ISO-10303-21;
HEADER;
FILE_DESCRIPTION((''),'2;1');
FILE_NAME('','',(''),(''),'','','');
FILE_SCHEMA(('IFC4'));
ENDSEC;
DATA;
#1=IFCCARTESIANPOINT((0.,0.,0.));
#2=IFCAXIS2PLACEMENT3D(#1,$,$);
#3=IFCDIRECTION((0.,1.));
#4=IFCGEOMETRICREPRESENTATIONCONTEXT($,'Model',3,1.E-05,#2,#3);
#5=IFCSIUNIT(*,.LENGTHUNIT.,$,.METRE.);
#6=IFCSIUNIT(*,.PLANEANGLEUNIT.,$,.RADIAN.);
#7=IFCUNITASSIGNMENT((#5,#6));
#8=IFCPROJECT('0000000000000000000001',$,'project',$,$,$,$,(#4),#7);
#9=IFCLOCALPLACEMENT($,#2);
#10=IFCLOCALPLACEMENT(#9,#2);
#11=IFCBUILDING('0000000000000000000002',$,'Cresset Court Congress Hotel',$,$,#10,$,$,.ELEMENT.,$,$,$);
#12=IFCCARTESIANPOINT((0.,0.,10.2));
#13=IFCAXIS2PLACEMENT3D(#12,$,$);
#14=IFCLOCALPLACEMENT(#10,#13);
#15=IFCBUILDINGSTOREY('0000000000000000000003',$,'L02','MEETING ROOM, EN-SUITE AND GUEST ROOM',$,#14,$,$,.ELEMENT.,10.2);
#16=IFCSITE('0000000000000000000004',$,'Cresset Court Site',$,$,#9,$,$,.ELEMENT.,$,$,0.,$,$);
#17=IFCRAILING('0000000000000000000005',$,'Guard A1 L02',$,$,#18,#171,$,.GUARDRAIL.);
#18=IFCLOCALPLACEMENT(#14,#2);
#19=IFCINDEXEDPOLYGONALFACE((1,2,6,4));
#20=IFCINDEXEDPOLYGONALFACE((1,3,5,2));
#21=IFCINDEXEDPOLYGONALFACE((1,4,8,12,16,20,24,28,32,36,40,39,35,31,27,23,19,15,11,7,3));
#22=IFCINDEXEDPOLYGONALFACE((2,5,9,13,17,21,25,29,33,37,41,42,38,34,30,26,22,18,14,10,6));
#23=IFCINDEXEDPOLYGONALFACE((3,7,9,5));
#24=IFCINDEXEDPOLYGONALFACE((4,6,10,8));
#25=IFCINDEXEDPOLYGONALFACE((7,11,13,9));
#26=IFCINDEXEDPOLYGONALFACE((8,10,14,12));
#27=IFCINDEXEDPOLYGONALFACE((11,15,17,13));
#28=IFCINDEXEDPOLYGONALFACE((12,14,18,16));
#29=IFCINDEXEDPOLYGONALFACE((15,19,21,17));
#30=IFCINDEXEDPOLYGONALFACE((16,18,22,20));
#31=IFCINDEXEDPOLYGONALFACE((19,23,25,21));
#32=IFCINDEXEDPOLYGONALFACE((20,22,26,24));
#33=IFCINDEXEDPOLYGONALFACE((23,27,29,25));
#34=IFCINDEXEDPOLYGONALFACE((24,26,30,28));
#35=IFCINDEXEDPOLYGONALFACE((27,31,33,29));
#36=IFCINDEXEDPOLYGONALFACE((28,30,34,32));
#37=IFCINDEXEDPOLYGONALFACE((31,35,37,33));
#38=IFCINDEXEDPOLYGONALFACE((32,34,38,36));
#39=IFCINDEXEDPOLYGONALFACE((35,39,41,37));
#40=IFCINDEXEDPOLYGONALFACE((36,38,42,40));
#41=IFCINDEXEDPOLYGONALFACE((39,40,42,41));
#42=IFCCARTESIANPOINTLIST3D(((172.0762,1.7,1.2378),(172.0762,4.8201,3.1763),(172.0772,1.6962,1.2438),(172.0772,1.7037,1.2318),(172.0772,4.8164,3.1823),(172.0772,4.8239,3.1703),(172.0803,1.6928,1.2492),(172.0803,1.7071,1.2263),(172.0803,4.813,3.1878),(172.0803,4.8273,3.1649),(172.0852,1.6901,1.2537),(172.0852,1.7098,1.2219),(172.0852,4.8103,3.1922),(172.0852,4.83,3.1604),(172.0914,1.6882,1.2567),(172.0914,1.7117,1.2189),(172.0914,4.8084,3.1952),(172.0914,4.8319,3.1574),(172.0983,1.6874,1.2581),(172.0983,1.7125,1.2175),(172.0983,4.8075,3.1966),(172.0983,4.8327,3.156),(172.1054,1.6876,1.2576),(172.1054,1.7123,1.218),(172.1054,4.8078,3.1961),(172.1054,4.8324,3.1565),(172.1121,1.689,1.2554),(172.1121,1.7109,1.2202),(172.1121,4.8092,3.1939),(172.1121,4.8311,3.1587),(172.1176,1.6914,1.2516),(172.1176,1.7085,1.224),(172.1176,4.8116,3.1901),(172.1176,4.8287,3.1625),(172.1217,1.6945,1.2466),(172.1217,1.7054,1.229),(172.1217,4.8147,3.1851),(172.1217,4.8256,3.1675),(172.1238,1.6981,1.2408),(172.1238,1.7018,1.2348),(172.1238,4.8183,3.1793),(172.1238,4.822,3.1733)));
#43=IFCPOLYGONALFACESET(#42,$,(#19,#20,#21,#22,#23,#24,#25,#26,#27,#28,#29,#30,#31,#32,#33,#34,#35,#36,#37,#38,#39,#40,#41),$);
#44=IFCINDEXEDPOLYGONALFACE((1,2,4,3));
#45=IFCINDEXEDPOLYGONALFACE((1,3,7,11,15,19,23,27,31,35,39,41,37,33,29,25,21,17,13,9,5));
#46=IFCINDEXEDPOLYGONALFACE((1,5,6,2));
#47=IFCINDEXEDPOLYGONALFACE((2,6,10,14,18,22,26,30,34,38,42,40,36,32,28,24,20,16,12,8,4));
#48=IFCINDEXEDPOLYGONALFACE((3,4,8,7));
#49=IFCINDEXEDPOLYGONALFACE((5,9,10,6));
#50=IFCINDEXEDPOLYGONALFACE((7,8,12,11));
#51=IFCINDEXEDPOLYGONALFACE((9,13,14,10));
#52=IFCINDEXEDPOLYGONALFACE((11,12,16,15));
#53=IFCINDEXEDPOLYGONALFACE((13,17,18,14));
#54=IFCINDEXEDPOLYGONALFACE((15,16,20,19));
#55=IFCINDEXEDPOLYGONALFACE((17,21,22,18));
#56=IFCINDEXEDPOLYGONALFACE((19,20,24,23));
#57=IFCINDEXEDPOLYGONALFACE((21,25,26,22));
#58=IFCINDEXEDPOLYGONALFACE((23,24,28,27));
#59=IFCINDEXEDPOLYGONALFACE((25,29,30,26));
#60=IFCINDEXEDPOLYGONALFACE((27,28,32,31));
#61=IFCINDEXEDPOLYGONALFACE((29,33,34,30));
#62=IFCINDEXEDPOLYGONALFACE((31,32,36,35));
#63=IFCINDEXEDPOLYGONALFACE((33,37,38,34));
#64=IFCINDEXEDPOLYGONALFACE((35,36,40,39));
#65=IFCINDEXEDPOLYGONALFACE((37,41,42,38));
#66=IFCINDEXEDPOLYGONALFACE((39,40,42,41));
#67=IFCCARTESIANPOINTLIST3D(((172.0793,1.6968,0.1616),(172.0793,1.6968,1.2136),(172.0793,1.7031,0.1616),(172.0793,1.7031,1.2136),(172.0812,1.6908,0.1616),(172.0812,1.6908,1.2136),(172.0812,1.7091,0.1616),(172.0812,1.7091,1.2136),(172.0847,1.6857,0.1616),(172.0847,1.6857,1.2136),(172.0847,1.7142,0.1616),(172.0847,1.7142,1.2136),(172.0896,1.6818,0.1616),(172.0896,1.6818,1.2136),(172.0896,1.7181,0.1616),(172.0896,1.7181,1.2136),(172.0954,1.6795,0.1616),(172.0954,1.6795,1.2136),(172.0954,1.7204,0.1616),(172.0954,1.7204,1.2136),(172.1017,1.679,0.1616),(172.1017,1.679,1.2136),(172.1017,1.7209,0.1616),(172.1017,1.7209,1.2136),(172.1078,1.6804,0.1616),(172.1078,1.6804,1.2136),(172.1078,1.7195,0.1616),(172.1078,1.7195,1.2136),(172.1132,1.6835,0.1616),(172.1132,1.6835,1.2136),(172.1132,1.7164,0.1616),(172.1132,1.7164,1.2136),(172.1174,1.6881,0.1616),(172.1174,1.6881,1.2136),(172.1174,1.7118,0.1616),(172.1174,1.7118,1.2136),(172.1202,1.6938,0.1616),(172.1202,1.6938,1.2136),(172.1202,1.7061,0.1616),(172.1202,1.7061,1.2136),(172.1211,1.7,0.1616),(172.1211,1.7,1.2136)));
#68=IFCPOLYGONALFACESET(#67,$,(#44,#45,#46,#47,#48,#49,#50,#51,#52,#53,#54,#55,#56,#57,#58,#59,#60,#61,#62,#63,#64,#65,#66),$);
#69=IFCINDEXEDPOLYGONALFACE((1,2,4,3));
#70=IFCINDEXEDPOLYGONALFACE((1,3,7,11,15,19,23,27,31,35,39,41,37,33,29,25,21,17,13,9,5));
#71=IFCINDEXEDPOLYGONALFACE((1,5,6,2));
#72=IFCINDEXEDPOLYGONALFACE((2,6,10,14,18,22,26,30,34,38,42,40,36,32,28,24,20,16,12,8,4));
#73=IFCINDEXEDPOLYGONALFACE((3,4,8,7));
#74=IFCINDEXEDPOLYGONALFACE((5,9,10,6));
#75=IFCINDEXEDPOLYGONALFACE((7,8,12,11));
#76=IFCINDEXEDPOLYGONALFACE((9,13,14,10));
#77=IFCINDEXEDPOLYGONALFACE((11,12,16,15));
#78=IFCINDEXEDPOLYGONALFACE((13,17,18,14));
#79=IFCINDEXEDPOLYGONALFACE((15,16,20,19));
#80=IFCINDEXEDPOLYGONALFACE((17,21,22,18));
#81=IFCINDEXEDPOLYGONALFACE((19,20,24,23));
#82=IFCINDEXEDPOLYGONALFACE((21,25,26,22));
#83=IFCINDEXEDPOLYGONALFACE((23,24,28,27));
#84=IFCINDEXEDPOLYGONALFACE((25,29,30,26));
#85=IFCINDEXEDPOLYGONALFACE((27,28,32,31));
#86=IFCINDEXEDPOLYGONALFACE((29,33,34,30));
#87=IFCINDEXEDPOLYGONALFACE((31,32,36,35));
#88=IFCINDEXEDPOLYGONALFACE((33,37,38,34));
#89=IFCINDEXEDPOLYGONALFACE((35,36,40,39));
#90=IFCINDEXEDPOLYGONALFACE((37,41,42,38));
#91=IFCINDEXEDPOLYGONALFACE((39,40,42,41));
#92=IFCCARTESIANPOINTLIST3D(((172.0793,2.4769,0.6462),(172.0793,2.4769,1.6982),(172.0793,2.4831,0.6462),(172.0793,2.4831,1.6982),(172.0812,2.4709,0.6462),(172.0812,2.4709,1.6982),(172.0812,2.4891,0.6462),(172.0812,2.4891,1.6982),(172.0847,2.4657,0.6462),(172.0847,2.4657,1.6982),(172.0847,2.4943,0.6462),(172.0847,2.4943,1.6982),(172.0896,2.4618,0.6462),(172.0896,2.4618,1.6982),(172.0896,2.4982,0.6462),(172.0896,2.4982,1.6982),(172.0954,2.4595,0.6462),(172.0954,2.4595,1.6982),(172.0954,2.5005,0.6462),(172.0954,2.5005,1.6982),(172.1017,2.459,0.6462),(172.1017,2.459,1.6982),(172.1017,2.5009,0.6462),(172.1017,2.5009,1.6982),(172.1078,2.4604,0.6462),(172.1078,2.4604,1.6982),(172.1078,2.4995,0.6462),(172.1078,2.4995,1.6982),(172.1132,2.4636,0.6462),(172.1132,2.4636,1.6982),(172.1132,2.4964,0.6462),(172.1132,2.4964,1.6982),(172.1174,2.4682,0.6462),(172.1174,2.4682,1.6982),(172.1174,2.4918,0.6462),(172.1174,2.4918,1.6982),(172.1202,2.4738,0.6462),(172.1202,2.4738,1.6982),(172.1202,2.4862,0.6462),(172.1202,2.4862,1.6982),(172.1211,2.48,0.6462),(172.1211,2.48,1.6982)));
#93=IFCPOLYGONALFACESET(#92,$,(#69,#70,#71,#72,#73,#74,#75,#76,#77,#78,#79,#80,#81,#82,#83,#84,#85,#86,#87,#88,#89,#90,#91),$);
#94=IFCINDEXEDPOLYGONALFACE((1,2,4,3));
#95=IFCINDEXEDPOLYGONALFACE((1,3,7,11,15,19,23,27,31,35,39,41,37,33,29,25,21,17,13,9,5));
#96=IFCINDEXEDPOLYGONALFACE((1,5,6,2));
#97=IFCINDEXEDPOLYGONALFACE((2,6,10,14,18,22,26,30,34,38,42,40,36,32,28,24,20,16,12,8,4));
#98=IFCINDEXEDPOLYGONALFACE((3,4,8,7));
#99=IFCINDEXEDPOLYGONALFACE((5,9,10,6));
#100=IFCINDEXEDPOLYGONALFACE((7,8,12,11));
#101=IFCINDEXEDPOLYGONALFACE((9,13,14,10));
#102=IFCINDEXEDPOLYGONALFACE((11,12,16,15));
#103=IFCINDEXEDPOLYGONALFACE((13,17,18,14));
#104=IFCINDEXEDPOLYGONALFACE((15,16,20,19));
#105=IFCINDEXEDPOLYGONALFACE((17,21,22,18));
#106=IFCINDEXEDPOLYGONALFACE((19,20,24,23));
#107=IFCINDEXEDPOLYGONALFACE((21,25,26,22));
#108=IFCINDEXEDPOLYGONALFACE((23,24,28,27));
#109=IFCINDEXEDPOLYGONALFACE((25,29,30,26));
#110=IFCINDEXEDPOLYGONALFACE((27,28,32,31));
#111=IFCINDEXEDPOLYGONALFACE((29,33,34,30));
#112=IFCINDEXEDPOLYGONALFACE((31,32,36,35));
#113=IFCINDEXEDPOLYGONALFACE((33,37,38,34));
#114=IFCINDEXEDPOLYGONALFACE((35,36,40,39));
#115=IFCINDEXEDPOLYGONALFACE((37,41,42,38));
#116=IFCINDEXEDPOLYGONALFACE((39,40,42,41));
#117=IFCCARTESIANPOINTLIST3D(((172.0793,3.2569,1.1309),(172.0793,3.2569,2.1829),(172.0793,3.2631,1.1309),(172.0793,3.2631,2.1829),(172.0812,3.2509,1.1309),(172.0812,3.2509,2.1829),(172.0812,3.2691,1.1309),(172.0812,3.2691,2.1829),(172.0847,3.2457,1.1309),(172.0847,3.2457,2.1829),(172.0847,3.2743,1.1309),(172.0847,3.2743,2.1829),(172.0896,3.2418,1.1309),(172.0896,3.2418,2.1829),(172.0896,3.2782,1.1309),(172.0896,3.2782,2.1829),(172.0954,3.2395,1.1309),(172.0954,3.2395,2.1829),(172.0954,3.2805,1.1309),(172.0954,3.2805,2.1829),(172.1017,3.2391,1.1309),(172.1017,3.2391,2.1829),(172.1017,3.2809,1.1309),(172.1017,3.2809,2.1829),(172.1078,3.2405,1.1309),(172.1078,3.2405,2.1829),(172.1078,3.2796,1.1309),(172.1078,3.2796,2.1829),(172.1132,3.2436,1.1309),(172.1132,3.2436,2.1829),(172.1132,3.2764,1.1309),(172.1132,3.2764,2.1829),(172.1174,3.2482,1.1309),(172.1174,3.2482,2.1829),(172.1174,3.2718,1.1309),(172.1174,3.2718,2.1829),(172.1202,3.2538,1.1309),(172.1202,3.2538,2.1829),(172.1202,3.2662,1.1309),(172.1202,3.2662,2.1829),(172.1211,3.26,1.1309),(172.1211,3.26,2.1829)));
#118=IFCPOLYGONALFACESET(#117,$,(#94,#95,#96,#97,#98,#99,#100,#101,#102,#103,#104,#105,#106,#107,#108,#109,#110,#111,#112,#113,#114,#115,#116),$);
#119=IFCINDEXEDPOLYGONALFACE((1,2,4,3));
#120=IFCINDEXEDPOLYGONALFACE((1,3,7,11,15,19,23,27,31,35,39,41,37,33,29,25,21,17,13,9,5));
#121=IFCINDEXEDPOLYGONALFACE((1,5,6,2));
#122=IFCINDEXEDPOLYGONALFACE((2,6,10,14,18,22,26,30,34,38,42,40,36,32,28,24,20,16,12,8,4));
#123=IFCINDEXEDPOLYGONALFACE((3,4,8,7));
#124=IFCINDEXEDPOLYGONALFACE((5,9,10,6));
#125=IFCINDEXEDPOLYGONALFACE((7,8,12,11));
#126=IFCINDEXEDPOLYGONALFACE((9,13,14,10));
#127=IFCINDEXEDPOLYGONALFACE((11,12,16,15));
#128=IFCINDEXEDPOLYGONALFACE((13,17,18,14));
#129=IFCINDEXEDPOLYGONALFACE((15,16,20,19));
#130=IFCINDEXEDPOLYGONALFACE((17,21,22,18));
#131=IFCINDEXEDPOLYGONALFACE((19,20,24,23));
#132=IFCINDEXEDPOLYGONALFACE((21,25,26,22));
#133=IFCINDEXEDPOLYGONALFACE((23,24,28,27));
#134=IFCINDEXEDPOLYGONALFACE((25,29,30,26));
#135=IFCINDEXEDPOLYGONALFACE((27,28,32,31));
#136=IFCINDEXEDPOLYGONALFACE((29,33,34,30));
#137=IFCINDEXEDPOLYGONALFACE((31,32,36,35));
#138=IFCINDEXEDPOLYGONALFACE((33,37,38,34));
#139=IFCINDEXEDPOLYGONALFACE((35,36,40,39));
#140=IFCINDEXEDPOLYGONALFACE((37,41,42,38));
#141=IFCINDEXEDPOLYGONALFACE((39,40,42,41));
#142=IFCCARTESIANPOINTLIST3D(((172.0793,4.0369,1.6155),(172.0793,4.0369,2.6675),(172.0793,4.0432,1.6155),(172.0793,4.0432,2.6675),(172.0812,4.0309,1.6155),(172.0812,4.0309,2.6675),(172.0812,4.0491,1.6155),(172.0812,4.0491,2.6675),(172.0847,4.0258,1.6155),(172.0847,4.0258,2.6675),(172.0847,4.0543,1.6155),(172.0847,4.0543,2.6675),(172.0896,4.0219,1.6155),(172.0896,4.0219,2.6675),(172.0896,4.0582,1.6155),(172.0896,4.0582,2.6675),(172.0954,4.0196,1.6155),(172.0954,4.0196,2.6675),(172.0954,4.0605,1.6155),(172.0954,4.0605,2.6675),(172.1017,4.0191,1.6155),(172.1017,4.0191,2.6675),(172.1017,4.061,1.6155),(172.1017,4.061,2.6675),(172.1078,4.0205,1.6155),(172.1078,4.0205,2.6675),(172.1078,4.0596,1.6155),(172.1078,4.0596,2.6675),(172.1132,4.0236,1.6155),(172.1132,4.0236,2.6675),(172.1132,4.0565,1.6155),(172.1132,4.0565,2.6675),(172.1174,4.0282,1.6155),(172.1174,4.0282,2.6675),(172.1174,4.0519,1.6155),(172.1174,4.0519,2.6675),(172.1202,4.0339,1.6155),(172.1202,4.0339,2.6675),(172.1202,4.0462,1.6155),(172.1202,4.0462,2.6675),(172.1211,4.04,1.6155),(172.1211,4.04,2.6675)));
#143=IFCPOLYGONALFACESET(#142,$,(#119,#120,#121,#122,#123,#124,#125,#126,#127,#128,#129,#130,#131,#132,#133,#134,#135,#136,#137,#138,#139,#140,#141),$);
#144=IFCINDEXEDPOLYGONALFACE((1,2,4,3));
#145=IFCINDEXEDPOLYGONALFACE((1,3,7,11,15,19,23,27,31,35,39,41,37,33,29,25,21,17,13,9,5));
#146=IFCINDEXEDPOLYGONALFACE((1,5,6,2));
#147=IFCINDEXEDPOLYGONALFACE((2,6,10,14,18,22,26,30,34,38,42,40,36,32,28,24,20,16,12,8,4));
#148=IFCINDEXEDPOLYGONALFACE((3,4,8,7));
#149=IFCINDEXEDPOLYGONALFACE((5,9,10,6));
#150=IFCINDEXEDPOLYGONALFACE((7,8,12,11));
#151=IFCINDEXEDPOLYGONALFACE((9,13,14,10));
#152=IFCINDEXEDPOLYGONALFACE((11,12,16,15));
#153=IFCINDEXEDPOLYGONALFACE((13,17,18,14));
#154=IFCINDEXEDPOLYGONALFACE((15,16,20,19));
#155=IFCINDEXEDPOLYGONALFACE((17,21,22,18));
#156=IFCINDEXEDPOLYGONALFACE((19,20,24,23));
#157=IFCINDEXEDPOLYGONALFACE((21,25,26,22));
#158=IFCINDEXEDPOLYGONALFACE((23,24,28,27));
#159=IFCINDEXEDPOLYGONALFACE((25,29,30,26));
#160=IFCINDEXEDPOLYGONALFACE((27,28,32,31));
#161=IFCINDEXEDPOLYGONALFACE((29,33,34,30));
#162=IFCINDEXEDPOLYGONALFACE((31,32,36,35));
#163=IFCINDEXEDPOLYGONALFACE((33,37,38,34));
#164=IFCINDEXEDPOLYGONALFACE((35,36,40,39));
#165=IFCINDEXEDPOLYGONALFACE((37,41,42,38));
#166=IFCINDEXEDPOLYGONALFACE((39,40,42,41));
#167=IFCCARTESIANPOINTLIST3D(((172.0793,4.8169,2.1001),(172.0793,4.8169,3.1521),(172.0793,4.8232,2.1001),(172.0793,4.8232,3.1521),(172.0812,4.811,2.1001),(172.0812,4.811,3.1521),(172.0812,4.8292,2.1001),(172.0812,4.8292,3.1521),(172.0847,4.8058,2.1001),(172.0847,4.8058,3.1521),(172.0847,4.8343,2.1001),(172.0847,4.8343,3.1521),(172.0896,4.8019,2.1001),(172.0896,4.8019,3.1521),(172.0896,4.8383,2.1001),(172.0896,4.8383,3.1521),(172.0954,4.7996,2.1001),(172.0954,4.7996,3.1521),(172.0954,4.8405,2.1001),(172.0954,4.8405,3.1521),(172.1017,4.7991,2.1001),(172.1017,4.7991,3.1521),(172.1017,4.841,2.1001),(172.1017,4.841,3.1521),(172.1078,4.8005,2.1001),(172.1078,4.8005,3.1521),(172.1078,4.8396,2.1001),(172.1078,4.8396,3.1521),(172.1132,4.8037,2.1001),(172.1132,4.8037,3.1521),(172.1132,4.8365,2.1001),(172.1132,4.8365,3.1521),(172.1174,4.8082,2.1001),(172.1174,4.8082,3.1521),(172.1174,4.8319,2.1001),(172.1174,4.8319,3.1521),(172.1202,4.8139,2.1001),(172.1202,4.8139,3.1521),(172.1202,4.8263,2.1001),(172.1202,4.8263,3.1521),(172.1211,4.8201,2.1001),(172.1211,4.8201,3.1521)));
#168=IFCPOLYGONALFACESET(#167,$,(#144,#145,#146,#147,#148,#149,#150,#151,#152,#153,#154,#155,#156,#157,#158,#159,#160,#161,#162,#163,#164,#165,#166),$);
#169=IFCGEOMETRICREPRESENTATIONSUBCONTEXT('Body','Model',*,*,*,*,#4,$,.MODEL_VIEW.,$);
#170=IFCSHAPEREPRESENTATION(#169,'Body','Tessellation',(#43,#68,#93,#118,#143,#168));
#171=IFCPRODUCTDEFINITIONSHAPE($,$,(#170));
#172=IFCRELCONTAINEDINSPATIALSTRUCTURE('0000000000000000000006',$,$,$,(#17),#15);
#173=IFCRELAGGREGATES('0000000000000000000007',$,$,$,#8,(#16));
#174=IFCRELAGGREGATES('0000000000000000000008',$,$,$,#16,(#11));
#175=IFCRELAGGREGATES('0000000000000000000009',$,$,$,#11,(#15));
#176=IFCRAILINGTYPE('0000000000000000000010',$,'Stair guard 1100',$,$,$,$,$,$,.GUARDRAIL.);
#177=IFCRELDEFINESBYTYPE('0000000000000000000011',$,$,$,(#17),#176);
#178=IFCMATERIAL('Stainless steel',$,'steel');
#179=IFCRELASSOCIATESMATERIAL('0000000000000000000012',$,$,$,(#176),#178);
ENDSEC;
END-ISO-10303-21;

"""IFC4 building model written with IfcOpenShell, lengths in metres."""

from ifc_helpers import new_model, si_unit, direction, frame, origin, origin_2d, place, context, subcontext, project, spatial, circle, extrude, material, type_object, element, save


model = new_model("IFC4")

# Units and contexts
model_context = context("Model", 3, precision=1e-05, world=origin(), true_north=direction((0.0, 1.0)))
body_context = subcontext(model_context, "Body", "Model", "MODEL_VIEW")
ifc_project = project(units=[si_unit("LENGTHUNIT", "METRE"), si_unit("PLANEANGLEUNIT", "RADIAN")], contexts=[model_context])

# Site, building, storey
site_placement = place(None, origin())
site = spatial("IfcSite", under=ifc_project, at=site_placement, Name="Cresset Court Site", CompositionType="ELEMENT", RefElevation=0.0)
building_placement = place(site_placement, origin())
building = spatial("IfcBuilding", under=site, at=building_placement, Name="Cresset Court Congress Hotel", CompositionType="ELEMENT")
storey_placement = place(building_placement, frame((0.0, 0.0, 10.2)))
storey = spatial("IfcBuildingStorey", under=building, at=storey_placement, Name="L02", Description="MEETING ROOM, EN-SUITE AND GUEST ROOM", CompositionType="ELEMENT", Elevation=10.2)

# Railing
ifc_material_1 = material(Name="Stainless steel", Category="steel")
railing_type_1 = type_object("IfcRailingType", Name="Stair guard 1100", PredefinedType="GUARDRAIL", material=ifc_material_1)
railing_1_placement = place(storey_placement, frame((172.1001, 1.7, 0.1616)))
element("IfcRailing", 1, at=railing_1_placement, inside=storey, type_object=railing_type_1, Name="Guard A1 L02", PredefinedType="GUARDRAIL", context=body_context, shape_type="SweptSolid", body=[
    extrude(circle(Radius=0.0239, at=origin_2d()), frame((0.0, 0.0, 1.0762), z_axis=(0.0, 0.849414, 0.527727), x_axis=(-1.0, 0.0, 0.0)), (0.0, 0.0, 1.0), 3.6733),
    extrude(circle(Radius=0.021, at=origin_2d()), origin(), (0.0, 0.0, 1.0), 1.052),
    extrude(circle(Radius=0.021, at=origin_2d()), frame((0.0, 0.78, 0.4846)), (0.0, 0.0, 1.0), 1.052),
    extrude(circle(Radius=0.021, at=origin_2d()), frame((0.0, 1.5601, 0.9692)), (0.0, 0.0, 1.0), 1.052),
    extrude(circle(Radius=0.021, at=origin_2d()), frame((0.0, 2.3401, 1.4539)), (0.0, 0.0, 1.0), 1.052),
    extrude(circle(Radius=0.021, at=origin_2d()), frame((0.0, 3.1201, 1.9385)), (0.0, 0.0, 1.0), 1.052),
])

save(model, "model.ifc")
